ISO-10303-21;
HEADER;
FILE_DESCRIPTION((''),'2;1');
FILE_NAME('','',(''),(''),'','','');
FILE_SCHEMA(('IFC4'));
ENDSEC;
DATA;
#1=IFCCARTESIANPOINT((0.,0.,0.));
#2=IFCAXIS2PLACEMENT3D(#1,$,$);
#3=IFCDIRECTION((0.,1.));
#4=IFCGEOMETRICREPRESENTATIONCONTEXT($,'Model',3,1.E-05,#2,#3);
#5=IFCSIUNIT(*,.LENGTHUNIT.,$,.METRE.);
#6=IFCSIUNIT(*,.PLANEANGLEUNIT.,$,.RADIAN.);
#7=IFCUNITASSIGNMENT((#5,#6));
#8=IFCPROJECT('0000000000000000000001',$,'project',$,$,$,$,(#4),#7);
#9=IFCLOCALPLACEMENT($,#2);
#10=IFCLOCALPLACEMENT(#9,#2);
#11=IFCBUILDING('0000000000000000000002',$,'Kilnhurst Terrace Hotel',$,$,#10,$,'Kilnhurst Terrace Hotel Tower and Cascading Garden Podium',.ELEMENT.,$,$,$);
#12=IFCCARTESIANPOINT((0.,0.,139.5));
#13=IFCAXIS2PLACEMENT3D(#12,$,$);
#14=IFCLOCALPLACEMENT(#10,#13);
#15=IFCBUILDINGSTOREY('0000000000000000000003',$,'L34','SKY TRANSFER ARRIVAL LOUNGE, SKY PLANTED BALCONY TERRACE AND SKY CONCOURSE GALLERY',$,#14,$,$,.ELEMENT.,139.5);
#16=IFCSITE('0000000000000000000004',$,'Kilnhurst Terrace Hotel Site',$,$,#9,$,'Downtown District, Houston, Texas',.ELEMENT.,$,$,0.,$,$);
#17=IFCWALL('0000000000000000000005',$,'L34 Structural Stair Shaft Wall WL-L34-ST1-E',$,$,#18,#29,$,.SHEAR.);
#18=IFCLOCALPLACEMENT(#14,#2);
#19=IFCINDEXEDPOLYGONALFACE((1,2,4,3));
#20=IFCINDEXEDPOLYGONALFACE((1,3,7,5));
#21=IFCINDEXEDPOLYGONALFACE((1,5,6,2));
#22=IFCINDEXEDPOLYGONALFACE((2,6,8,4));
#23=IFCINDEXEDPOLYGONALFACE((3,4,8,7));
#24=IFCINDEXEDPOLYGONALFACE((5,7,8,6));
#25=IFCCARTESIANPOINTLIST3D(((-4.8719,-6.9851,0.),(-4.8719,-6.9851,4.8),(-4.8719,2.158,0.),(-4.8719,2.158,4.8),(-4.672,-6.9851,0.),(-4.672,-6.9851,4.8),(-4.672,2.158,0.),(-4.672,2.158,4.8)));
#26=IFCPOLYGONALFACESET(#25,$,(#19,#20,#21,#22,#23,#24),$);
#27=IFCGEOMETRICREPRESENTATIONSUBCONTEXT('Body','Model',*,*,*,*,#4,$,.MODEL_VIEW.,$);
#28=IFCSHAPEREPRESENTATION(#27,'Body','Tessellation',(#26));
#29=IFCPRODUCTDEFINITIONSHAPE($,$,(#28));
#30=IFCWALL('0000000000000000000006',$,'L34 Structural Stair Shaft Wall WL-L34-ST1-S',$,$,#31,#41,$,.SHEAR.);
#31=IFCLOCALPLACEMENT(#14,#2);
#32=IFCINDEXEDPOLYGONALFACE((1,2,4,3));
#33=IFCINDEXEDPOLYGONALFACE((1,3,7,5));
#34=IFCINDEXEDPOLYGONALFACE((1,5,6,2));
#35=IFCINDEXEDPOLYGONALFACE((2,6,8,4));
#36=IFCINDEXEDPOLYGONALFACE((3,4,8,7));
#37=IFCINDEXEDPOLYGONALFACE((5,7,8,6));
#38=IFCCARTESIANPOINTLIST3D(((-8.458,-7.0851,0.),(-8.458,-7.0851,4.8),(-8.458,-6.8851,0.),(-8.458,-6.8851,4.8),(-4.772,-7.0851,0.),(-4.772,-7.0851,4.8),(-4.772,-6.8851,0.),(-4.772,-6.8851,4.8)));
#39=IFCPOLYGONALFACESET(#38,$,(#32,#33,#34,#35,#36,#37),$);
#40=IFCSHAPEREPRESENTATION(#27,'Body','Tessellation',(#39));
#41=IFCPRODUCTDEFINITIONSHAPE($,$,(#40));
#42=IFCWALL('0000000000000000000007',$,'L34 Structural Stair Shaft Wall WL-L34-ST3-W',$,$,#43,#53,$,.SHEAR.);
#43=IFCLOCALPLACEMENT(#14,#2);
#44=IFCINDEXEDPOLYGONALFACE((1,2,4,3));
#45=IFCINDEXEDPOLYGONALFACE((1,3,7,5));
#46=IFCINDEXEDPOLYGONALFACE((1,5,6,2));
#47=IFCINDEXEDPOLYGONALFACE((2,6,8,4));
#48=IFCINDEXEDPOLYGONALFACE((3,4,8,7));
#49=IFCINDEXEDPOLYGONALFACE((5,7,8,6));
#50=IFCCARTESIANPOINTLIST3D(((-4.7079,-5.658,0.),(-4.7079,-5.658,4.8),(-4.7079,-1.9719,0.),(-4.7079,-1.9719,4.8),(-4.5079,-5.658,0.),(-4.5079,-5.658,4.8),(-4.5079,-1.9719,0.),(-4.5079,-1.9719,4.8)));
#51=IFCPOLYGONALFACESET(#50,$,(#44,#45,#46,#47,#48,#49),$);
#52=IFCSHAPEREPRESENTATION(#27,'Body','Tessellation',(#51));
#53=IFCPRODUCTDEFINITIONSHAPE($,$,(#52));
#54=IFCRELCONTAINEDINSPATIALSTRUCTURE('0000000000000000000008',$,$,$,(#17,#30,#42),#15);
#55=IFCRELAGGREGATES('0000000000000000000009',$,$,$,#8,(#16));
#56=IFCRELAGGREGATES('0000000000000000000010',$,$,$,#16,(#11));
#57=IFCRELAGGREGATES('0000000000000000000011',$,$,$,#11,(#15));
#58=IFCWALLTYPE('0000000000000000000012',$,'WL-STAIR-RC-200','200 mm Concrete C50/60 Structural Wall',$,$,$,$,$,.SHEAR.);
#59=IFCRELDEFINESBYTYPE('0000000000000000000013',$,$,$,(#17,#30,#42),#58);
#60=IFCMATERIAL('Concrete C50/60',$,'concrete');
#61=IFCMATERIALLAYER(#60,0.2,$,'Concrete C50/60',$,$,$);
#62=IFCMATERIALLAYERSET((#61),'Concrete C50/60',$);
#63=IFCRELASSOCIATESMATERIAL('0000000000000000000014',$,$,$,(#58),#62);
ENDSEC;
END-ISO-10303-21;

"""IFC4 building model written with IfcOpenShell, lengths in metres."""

from ifc_helpers import new_model, si_unit, direction, frame, frame_2d, origin, place, context, subcontext, project, spatial, rectangle, extrude, material, layer, layer_set, type_object, element, save


model = new_model("IFC4")

# Units and contexts
model_context = context("Model", 3, precision=1e-05, world=origin(), true_north=direction((0.0, 1.0)))
body_context = subcontext(model_context, "Body", "Model", "MODEL_VIEW")
ifc_project = project(units=[si_unit("LENGTHUNIT", "METRE"), si_unit("PLANEANGLEUNIT", "RADIAN")], contexts=[model_context])

# Site, building, storey
site_placement = place(None, origin())
site = spatial("IfcSite", under=ifc_project, at=site_placement, Name="Kilnhurst Terrace Hotel Site", LongName="Downtown District, Houston, Texas", CompositionType="ELEMENT", RefElevation=0.0)
building_placement = place(site_placement, origin())
building = spatial("IfcBuilding", under=site, at=building_placement, Name="Kilnhurst Terrace Hotel", LongName="Kilnhurst Terrace Hotel Tower and Cascading Garden Podium", CompositionType="ELEMENT")
storey_placement = place(building_placement, frame((0.0, 0.0, 139.5)))
storey = spatial("IfcBuildingStorey", under=building, at=storey_placement, Name="L34", Description="SKY TRANSFER ARRIVAL LOUNGE, SKY PLANTED BALCONY TERRACE AND SKY CONCOURSE GALLERY", CompositionType="ELEMENT", Elevation=139.5)

# Shared definitions
ifc_material_1 = material(Name="Concrete C50/60", Category="concrete")

# Walls
ifc_layer_1 = layer(ifc_material_1, 0.2, Name="Concrete C50/60")
ifc_layer_set_1 = layer_set([ifc_layer_1], Name="Concrete C50/60")
wall_type_1 = type_object("IfcWallType", Name="WL-STAIR-RC-200", Description="200 mm Concrete C50/60 Structural Wall", PredefinedType="SHEAR", material=ifc_layer_set_1)
for number, where, z_axis, x_axis, name in (
    (1, (-4.772, -6.9851, 0.0), (0.0, 0.0, 1.0), (0.0, 1.0, 0.0), "L34 Structural Stair Shaft Wall WL-L34-ST1-E"),
):
    element("IfcWall", number, at=place(storey_placement, frame(where, z_axis=z_axis, x_axis=x_axis)), inside=storey, type_object=wall_type_1, Name=name, PredefinedType="SHEAR", context=body_context, shape_type="SweptSolid", body=[
        extrude(rectangle(XDim=9.1431, YDim=0.2, at=frame_2d((4.5715, 0.0))), origin(), (0.0, 0.0, 1.0), 4.8),
    ])
for number, where, z_axis, x_axis, name in (
    (2, (-8.458, -6.9851, 0.0), (0.0, 0.0, 1.0), (1.0, 0.0, 0.0), "L34 Structural Stair Shaft Wall WL-L34-ST1-S"),
    (3, (-4.6079, -5.658, 0.0), (0.0, 0.0, 1.0), (0.0, 1.0, 0.0), "L34 Structural Stair Shaft Wall WL-L34-ST3-W"),
):
    element("IfcWall", number, at=place(storey_placement, frame(where, z_axis=z_axis, x_axis=x_axis)), inside=storey, type_object=wall_type_1, Name=name, PredefinedType="SHEAR", context=body_context, shape_type="SweptSolid", body=[
        extrude(rectangle(XDim=3.686, YDim=0.2, at=frame_2d((1.843, 0.0))), origin(), (0.0, 0.0, 1.0), 4.8),
    ])

save(model, "model.ifc")
